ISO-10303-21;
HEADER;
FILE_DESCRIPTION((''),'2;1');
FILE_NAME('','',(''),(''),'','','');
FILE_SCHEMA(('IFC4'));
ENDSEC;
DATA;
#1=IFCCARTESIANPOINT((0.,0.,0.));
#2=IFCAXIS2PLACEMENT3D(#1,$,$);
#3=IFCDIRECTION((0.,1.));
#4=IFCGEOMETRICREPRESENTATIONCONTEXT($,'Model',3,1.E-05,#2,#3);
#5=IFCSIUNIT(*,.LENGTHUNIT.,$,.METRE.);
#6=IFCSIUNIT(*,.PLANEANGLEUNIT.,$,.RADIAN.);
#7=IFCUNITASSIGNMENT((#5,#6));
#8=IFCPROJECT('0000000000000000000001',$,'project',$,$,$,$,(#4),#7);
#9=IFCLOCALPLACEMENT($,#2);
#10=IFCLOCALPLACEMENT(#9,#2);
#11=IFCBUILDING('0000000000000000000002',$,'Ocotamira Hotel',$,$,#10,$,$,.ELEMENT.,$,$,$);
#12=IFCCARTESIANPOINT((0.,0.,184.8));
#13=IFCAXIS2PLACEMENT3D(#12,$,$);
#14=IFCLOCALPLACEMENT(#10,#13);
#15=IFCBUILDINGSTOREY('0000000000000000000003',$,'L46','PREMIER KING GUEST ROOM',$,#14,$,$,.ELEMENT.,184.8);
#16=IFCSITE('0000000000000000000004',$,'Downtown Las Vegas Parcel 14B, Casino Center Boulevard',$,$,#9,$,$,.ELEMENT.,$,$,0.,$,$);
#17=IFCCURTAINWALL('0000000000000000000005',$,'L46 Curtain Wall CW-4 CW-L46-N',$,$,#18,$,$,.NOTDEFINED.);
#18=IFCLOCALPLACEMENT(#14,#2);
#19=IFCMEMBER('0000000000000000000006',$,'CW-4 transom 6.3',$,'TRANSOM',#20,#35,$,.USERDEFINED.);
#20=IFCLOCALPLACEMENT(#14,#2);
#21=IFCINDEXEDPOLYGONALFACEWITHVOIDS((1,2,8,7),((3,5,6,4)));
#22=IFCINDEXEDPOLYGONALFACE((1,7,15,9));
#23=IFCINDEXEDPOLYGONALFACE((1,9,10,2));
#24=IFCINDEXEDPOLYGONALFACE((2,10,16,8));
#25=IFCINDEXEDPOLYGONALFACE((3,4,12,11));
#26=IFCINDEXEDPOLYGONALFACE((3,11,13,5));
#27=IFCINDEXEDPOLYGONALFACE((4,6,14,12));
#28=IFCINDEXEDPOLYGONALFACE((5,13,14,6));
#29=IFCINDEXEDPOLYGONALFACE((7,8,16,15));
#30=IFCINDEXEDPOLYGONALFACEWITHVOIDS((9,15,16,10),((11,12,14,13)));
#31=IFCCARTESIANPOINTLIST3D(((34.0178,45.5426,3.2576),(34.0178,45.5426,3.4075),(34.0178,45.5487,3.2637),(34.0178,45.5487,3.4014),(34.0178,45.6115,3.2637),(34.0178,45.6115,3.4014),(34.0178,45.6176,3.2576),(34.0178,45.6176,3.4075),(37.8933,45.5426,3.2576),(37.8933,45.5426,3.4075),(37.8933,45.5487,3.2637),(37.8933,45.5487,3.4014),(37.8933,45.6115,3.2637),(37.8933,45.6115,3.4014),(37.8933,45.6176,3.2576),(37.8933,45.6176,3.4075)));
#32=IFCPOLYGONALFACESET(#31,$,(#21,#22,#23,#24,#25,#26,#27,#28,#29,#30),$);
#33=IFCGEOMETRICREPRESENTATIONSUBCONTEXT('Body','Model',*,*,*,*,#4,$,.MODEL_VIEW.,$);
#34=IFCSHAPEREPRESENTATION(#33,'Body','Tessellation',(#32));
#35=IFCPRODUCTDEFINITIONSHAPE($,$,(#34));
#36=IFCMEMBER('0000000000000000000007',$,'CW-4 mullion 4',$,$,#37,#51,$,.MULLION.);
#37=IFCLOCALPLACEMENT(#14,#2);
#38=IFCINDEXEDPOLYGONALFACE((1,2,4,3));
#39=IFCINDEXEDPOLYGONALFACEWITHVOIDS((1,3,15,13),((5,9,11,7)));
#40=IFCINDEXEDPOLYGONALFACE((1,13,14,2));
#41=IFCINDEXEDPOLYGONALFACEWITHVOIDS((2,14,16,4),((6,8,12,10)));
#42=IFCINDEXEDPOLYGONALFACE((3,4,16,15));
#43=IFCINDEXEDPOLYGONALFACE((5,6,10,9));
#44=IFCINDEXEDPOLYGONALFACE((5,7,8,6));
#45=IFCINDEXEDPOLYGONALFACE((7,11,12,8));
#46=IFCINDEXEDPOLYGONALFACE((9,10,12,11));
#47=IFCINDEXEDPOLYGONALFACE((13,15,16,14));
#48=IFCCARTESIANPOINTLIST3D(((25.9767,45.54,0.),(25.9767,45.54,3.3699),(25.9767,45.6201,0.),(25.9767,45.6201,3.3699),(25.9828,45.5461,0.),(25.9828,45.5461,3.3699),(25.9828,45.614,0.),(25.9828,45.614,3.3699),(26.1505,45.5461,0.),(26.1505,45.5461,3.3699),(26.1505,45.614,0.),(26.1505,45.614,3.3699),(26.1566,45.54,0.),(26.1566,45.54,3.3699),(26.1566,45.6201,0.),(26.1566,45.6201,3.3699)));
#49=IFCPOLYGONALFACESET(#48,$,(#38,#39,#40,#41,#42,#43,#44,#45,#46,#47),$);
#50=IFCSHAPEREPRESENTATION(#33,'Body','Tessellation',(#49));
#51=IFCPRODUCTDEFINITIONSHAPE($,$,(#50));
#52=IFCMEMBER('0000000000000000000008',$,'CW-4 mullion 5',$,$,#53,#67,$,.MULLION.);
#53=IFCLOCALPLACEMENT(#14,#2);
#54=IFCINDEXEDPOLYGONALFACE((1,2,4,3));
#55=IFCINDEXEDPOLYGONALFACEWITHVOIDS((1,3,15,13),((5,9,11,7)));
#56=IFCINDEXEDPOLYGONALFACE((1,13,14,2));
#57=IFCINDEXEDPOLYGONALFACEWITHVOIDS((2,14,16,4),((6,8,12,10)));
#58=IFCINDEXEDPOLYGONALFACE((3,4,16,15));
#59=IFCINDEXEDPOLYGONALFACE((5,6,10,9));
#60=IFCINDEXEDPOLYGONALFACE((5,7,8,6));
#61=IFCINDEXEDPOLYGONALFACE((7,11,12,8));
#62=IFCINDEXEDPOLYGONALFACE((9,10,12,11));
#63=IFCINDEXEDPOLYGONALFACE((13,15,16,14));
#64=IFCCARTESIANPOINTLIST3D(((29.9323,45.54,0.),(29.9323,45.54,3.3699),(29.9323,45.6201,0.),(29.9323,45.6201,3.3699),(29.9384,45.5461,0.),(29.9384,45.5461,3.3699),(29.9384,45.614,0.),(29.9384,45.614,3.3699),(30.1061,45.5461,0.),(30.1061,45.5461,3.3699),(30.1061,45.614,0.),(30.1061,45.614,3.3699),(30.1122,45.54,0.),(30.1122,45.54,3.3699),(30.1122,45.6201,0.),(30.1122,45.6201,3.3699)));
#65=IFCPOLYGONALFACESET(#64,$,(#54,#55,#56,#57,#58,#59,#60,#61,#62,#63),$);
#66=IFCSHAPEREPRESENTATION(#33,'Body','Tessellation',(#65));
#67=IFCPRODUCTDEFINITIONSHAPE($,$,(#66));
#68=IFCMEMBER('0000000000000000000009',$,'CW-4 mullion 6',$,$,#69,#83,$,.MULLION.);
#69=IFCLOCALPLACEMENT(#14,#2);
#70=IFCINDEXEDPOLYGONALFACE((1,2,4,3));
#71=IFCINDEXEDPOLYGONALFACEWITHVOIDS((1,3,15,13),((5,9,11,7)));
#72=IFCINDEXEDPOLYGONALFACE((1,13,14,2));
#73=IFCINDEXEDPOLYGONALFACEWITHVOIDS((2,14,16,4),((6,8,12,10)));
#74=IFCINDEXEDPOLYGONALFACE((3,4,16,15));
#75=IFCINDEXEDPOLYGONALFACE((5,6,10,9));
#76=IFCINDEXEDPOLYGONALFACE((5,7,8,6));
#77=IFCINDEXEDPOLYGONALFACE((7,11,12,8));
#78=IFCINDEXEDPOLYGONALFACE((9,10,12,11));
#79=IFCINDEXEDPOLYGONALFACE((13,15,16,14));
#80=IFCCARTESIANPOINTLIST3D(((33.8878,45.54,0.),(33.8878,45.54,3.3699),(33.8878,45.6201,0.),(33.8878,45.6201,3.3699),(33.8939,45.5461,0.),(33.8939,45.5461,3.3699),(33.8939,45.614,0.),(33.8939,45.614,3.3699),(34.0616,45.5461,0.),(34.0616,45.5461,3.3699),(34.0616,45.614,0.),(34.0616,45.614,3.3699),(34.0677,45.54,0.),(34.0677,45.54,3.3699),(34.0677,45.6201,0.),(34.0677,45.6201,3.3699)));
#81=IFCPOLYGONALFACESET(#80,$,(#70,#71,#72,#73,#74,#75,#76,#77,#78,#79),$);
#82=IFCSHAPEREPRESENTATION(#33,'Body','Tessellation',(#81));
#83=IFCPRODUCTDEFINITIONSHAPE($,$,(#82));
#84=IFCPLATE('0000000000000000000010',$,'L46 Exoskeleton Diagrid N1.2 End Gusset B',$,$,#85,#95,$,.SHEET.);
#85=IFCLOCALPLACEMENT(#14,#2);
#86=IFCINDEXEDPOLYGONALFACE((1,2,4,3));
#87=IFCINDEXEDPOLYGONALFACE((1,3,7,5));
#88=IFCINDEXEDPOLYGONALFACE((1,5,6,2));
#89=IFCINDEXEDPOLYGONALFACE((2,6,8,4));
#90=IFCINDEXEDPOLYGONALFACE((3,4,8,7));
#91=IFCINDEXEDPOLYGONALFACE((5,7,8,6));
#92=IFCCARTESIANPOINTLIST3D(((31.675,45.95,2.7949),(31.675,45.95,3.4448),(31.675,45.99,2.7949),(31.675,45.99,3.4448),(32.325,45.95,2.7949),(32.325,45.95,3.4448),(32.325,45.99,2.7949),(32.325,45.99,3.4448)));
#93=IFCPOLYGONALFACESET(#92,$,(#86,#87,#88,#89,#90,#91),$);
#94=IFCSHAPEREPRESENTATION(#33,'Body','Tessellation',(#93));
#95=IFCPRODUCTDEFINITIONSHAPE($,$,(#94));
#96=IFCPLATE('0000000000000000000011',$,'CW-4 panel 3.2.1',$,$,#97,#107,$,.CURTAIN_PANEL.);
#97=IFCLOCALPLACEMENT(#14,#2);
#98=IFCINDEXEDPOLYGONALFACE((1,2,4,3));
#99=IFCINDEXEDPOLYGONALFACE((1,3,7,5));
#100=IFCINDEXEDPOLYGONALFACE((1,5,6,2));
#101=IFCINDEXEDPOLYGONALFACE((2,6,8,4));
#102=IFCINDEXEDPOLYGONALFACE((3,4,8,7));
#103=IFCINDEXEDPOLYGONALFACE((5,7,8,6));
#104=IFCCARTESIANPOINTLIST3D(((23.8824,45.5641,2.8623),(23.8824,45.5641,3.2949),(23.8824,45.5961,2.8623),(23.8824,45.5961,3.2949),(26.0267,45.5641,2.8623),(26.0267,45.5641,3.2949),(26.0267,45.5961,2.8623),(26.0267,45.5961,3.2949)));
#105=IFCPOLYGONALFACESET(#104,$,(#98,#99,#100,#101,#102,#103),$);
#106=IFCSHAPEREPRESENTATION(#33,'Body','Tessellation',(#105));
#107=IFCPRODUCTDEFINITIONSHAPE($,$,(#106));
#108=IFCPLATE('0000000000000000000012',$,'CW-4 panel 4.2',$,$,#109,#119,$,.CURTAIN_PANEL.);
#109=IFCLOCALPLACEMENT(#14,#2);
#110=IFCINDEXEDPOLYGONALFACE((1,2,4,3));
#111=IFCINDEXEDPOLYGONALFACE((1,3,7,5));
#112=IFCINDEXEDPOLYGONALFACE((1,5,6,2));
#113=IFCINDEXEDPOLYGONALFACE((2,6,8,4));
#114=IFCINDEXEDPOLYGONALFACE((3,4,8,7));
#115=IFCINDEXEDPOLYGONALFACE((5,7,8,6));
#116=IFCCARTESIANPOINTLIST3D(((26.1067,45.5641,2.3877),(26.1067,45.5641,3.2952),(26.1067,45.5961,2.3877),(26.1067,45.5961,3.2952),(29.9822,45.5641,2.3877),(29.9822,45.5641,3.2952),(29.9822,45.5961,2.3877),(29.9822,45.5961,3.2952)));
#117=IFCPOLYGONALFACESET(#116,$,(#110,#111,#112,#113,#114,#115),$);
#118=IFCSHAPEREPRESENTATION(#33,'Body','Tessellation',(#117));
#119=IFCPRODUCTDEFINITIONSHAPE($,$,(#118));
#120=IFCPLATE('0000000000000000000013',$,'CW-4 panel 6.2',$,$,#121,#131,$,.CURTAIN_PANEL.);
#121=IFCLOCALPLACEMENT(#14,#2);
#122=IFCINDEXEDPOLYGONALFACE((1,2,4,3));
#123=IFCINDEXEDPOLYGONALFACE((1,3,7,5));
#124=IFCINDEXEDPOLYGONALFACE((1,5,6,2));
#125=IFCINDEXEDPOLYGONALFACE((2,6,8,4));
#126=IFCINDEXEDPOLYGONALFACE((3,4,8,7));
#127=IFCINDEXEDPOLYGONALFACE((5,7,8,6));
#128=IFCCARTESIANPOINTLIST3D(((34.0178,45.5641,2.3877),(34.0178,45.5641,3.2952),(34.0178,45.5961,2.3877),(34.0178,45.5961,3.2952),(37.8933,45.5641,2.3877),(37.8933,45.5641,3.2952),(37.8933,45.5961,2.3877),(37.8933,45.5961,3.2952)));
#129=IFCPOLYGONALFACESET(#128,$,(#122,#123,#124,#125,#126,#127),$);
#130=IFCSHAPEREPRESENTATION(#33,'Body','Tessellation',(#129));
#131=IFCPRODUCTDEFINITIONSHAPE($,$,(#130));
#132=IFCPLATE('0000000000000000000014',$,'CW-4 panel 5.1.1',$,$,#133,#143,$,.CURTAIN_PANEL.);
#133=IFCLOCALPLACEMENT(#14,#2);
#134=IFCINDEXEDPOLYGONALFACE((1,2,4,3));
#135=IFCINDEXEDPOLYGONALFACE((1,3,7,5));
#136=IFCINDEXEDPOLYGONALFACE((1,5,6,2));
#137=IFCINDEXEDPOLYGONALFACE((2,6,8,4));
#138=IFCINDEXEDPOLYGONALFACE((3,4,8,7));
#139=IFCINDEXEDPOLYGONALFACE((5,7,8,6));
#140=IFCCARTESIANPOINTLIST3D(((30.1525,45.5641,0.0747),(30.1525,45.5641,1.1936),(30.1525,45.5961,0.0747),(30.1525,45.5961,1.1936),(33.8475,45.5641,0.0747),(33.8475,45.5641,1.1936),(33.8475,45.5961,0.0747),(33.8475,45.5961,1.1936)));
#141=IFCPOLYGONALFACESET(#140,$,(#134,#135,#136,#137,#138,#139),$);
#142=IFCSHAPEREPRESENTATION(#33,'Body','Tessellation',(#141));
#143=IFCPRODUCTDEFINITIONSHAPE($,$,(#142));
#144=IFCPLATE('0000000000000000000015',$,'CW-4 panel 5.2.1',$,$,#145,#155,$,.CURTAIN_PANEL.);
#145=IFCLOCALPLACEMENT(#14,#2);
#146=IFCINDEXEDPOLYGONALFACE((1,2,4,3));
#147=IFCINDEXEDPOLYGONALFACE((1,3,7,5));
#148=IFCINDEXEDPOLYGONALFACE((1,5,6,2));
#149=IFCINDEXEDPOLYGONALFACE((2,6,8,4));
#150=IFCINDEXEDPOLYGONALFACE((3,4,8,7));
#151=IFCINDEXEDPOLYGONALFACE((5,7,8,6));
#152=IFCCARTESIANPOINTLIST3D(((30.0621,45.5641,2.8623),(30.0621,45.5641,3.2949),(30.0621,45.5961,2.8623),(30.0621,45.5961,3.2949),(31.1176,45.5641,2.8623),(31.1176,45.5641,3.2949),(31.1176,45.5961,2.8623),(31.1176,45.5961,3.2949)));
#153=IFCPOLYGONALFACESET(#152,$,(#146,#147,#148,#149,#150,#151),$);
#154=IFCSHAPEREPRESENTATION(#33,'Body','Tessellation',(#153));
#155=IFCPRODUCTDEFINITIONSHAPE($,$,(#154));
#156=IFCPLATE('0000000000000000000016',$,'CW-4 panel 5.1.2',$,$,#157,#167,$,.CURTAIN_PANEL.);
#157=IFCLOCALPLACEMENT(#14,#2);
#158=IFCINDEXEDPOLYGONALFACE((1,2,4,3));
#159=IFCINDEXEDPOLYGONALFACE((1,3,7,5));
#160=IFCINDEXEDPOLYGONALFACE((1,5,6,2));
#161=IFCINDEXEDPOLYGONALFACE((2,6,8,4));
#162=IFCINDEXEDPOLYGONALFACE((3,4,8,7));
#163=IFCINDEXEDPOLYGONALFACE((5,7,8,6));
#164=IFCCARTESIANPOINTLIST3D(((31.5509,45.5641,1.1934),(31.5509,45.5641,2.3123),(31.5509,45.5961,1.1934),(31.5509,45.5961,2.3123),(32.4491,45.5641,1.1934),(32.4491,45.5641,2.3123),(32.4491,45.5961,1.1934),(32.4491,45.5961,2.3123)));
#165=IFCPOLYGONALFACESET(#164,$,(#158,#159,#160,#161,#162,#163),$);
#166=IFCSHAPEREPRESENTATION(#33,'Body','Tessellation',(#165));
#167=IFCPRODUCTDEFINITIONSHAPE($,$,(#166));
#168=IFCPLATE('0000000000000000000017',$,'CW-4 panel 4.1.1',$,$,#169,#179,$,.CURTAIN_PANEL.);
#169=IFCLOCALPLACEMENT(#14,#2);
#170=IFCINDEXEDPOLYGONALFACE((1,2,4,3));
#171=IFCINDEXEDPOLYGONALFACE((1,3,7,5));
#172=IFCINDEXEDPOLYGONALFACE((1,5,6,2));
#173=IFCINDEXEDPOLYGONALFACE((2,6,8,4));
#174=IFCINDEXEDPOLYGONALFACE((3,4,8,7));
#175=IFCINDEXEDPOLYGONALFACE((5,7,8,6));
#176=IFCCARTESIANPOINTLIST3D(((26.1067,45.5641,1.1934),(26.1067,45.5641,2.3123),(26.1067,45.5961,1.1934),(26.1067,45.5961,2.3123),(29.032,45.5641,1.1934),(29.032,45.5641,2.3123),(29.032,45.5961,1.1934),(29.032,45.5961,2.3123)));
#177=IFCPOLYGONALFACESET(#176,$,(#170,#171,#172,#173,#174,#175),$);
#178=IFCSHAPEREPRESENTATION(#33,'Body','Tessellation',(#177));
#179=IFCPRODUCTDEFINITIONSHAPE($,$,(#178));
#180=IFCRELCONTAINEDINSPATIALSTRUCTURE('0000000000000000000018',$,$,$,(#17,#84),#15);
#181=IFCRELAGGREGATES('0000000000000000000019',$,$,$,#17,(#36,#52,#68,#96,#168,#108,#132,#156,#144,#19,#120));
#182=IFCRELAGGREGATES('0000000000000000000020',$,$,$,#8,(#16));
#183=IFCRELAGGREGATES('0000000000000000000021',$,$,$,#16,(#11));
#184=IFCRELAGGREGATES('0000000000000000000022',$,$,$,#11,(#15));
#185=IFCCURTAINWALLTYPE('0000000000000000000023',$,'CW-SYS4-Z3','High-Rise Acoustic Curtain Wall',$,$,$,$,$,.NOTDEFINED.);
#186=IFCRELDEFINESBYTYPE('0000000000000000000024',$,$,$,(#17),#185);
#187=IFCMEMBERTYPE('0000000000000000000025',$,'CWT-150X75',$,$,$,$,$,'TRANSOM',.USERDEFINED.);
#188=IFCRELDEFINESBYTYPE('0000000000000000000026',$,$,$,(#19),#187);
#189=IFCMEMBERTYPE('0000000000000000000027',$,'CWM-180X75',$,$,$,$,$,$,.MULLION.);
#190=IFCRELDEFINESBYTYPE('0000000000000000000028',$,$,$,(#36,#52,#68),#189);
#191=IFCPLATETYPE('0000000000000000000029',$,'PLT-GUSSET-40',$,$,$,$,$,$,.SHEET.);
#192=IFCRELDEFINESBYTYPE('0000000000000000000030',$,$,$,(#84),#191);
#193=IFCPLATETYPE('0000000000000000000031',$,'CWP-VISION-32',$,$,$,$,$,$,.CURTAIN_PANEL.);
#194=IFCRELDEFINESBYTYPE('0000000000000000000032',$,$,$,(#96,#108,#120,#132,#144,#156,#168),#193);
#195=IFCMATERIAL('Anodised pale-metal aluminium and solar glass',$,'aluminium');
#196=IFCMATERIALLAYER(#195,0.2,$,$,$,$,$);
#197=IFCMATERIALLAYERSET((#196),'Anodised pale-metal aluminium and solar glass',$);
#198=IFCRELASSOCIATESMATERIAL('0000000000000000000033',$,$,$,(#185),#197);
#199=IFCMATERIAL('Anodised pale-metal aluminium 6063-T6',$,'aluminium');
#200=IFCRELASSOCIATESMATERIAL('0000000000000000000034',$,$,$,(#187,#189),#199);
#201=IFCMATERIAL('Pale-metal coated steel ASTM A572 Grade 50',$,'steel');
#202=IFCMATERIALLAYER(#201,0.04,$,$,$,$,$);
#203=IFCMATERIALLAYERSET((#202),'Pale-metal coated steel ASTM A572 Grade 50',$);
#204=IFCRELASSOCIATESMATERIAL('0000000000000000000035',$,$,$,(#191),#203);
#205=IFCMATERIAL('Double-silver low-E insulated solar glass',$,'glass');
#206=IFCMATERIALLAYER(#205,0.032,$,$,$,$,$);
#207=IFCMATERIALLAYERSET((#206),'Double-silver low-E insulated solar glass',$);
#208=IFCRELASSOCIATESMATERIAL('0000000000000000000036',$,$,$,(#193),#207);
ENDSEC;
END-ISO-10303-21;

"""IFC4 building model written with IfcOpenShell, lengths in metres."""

from ifc_helpers import new_model, si_unit, direction, frame, origin, origin_2d, place, context, subcontext, project, spatial, rectangle, hollow_rectangle, extrude, source, transform, mapped, material, layer, layer_set, material_profile, profile_set, type_object, element, aggregate, save


model = new_model("IFC4")

# Units and contexts
model_context = context("Model", 3, precision=1e-05, world=origin(), true_north=direction((0.0, 1.0)))
body_context = subcontext(model_context, "Body", "Model", "MODEL_VIEW")
ifc_project = project(units=[si_unit("LENGTHUNIT", "METRE"), si_unit("PLANEANGLEUNIT", "RADIAN")], contexts=[model_context])

# Site, building, storey
site_placement = place(None, origin())
site = spatial("IfcSite", under=ifc_project, at=site_placement, Name="Downtown Las Vegas Parcel 14B, Casino Center Boulevard", CompositionType="ELEMENT", RefElevation=0.0)
building_placement = place(site_placement, origin())
building = spatial("IfcBuilding", under=site, at=building_placement, Name="Ocotamira Hotel", CompositionType="ELEMENT")
storey_placement = place(building_placement, frame((0.0, 0.0, 184.8)))
storey = spatial("IfcBuildingStorey", under=building, at=storey_placement, Name="L46", Description="PREMIER KING GUEST ROOM", CompositionType="ELEMENT", Elevation=184.8)

# Curtain wall, members
ifc_material_1 = material(Name="Anodised pale-metal aluminium and solar glass", Category="aluminium")
ifc_layer_1 = layer(ifc_material_1, 0.2)
ifc_layer_set_1 = layer_set([ifc_layer_1], Name="Anodised pale-metal aluminium and solar glass")
curtain_wall_type = type_object("IfcCurtainWallType", Name="CW-SYS4-Z3", Description="High-Rise Acoustic Curtain Wall", PredefinedType="NOTDEFINED", material=ifc_layer_set_1)
curtain_wall_placement = place(storey_placement, origin())
curtain_wall = element("IfcCurtainWall", 1, at=curtain_wall_placement, inside=storey, type_object=curtain_wall_type, Name="L46 Curtain Wall CW-4 CW-L46-N", PredefinedType="NOTDEFINED")
ifc_material_2 = material(Name="Anodised pale-metal aluminium 6063-T6", Category="aluminium")
ifc_material_profile_1 = material_profile(ifc_material_2, hollow_rectangle(XDim=0.075, YDim=0.1499, WallThickness=0.0061, at=origin_2d()), Name="HSS150X75X6")
ifc_profile_set_1 = profile_set([ifc_material_profile_1], Name="Anodised pale-metal aluminium 6063-T6")
member_type_1 = type_object("IfcMemberType", Name="CWT-150X75", ElementType="TRANSOM", PredefinedType="USERDEFINED", material=ifc_profile_set_1)
shared_shape_1 = source(origin(), body_context, "Body", "SweptSolid", [
    extrude(hollow_rectangle(XDim=0.075, YDim=0.1499, WallThickness=0.0061, at=origin_2d()), origin(), (0.0, 0.0, 1.0), 3.8755),
])
member_1_placement = place(storey_placement, frame((34.0178, 45.5801, 3.3325), z_axis=(1.0, 0.0, 0.0), x_axis=(0.0, 1.0, 0.0)))
member_1 = element("IfcMember", 2, at=member_1_placement, type_object=member_type_1, Name="CW-4 transom 6.3", ObjectType="TRANSOM", PredefinedType="USERDEFINED", context=body_context, shape_type="MappedRepresentation", body=[
    mapped(shared_shape_1, transform((0.0, 0.0, 0.0), scale=1.0)),
])
ifc_material_profile_2 = material_profile(ifc_material_2, hollow_rectangle(XDim=0.0801, YDim=0.1799, WallThickness=0.0061, at=origin_2d()), Name="HSS180X80X6")
ifc_profile_set_2 = profile_set([ifc_material_profile_2], Name="Anodised pale-metal aluminium 6063-T6")
member_type_2 = type_object("IfcMemberType", Name="CWM-180X75", PredefinedType="MULLION", material=ifc_profile_set_2)
shared_shape_2 = source(origin(), body_context, "Body", "SweptSolid", [
    extrude(hollow_rectangle(XDim=0.0801, YDim=0.1799, WallThickness=0.0061, at=origin_2d()), origin(), (0.0, 0.0, 1.0), 3.3699),
])
member_2_placement = place(storey_placement, frame((26.0667, 45.5801, 0.0), z_axis=(0.0, 0.0, 1.0), x_axis=(0.0, 1.0, 0.0)))
member_2 = element("IfcMember", 3, at=member_2_placement, type_object=member_type_2, Name="CW-4 mullion 4", PredefinedType="MULLION", context=body_context, shape_type="MappedRepresentation", body=[
    mapped(shared_shape_2, transform((0.0, 0.0, 0.0), scale=1.0)),
])
member_3_placement = place(storey_placement, frame((30.0222, 45.5801, 0.0), z_axis=(0.0, 0.0, 1.0), x_axis=(0.0, 1.0, 0.0)))
member_3 = element("IfcMember", 4, at=member_3_placement, type_object=member_type_2, Name="CW-4 mullion 5", PredefinedType="MULLION", context=body_context, shape_type="MappedRepresentation", body=[
    mapped(shared_shape_2, transform((0.0, 0.0, 0.0), scale=1.0)),
])
member_4_placement = place(storey_placement, frame((33.9778, 45.5801, 0.0), z_axis=(0.0, 0.0, 1.0), x_axis=(0.0, 1.0, 0.0)))
member_4 = element("IfcMember", 5, at=member_4_placement, type_object=member_type_2, Name="CW-4 mullion 6", PredefinedType="MULLION", context=body_context, shape_type="MappedRepresentation", body=[
    mapped(shared_shape_2, transform((0.0, 0.0, 0.0), scale=1.0)),
])

# Plates
ifc_material_3 = material(Name="Pale-metal coated steel ASTM A572 Grade 50", Category="steel")
ifc_layer_2 = layer(ifc_material_3, 0.04)
ifc_layer_set_2 = layer_set([ifc_layer_2], Name="Pale-metal coated steel ASTM A572 Grade 50")
plate_type_1 = type_object("IfcPlateType", Name="PLT-GUSSET-40", PredefinedType="SHEET", material=ifc_layer_set_2)
shared_shape_3 = source(origin(), body_context, "Body", "SweptSolid", [
    extrude(rectangle(XDim=0.6499, YDim=0.04, at=origin_2d()), origin(), (0.0, 0.0, 1.0), 0.6499),
])
plate_1_placement = place(storey_placement, frame((32.0, 45.97, 2.7949), z_axis=(0.0, 0.0, 1.0), x_axis=(1.0, 0.0, 0.0)))
element("IfcPlate", 6, at=plate_1_placement, inside=storey, type_object=plate_type_1, Name="L46 Exoskeleton Diagrid N1.2 End Gusset B", PredefinedType="SHEET", context=body_context, shape_type="MappedRepresentation", body=[
    mapped(shared_shape_3, transform((0.0, 0.0, 0.0), scale=1.0)),
])
ifc_material_4 = material(Name="Double-silver low-E insulated solar glass", Category="glass")
ifc_layer_3 = layer(ifc_material_4, 0.032)
ifc_layer_set_3 = layer_set([ifc_layer_3], Name="Double-silver low-E insulated solar glass")
plate_type_2 = type_object("IfcPlateType", Name="CWP-VISION-32", PredefinedType="CURTAIN_PANEL", material=ifc_layer_set_3)
shared_shape_4 = source(origin(), body_context, "Body", "SweptSolid", [
    extrude(rectangle(XDim=2.1443, YDim=0.032, at=origin_2d()), origin(), (0.0, 0.0, 1.0), 0.4326),
])
plate_2_placement = place(storey_placement, frame((24.9546, 45.5801, 2.8623), z_axis=(0.0, 0.0, 1.0), x_axis=(1.0, 0.0, 0.0)))
plate_2 = element("IfcPlate", 7, at=plate_2_placement, type_object=plate_type_2, Name="CW-4 panel 3.2.1", PredefinedType="CURTAIN_PANEL", context=body_context, shape_type="MappedRepresentation", body=[
    mapped(shared_shape_4, transform((0.0, 0.0, 0.0), scale=1.0)),
])
shared_shape_5 = source(origin(), body_context, "Body", "SweptSolid", [
    extrude(rectangle(XDim=3.8755, YDim=0.032, at=origin_2d()), origin(), (0.0, 0.0, 1.0), 0.9075),
])
plate_3_placement = place(storey_placement, frame((28.0444, 45.5801, 2.3877), z_axis=(0.0, 0.0, 1.0), x_axis=(1.0, 0.0, 0.0)))
plate_3 = element("IfcPlate", 8, at=plate_3_placement, type_object=plate_type_2, Name="CW-4 panel 4.2", PredefinedType="CURTAIN_PANEL", context=body_context, shape_type="MappedRepresentation", body=[
    mapped(shared_shape_5, transform((0.0, 0.0, 0.0), scale=1.0)),
])
plate_4_placement = place(storey_placement, frame((35.9556, 45.5801, 2.3877), z_axis=(0.0, 0.0, 1.0), x_axis=(1.0, 0.0, 0.0)))
plate_4 = element("IfcPlate", 9, at=plate_4_placement, type_object=plate_type_2, Name="CW-4 panel 6.2", PredefinedType="CURTAIN_PANEL", context=body_context, shape_type="MappedRepresentation", body=[
    mapped(shared_shape_5, transform((0.0, 0.0, 0.0), scale=1.0)),
])
shared_shape_6 = source(origin(), body_context, "Body", "SweptSolid", [
    extrude(rectangle(XDim=3.6951, YDim=0.032, at=origin_2d()), origin(), (0.0, 0.0, 1.0), 1.1189),
])
plate_5_placement = place(storey_placement, frame((32.0, 45.5801, 0.0747), z_axis=(0.0, 0.0, 1.0), x_axis=(1.0, 0.0, 0.0)))
plate_5 = element("IfcPlate", 10, at=plate_5_placement, type_object=plate_type_2, Name="CW-4 panel 5.1.1", PredefinedType="CURTAIN_PANEL", context=body_context, shape_type="MappedRepresentation", body=[
    mapped(shared_shape_6, transform((0.0, 0.0, 0.0), scale=1.0)),
])
shared_shape_7 = source(origin(), body_context, "Body", "SweptSolid", [
    extrude(rectangle(XDim=1.0554, YDim=0.032, at=origin_2d()), origin(), (0.0, 0.0, 1.0), 0.4326),
])
plate_6_placement = place(storey_placement, frame((30.5898, 45.5801, 2.8623), z_axis=(0.0, 0.0, 1.0), x_axis=(1.0, 0.0, 0.0)))
plate_6 = element("IfcPlate", 11, at=plate_6_placement, type_object=plate_type_2, Name="CW-4 panel 5.2.1", PredefinedType="CURTAIN_PANEL", context=body_context, shape_type="MappedRepresentation", body=[
    mapped(shared_shape_7, transform((0.0, 0.0, 0.0), scale=1.0)),
])
shared_shape_8 = source(origin(), body_context, "Body", "SweptSolid", [
    extrude(rectangle(XDim=0.8982, YDim=0.032, at=origin_2d()), origin(), (0.0, 0.0, 1.0), 1.1189),
])
plate_7_placement = place(storey_placement, frame((32.0, 45.5801, 1.1934), z_axis=(0.0, 0.0, 1.0), x_axis=(1.0, 0.0, 0.0)))
plate_7 = element("IfcPlate", 12, at=plate_7_placement, type_object=plate_type_2, Name="CW-4 panel 5.1.2", PredefinedType="CURTAIN_PANEL", context=body_context, shape_type="MappedRepresentation", body=[
    mapped(shared_shape_8, transform((0.0, 0.0, 0.0), scale=1.0)),
])
shared_shape_9 = source(origin(), body_context, "Body", "SweptSolid", [
    extrude(rectangle(XDim=2.9253, YDim=0.032, at=origin_2d()), origin(), (0.0, 0.0, 1.0), 1.1189),
])
plate_8_placement = place(storey_placement, frame((27.5693, 45.5801, 1.1934), z_axis=(0.0, 0.0, 1.0), x_axis=(1.0, 0.0, 0.0)))
plate_8 = element("IfcPlate", 13, at=plate_8_placement, type_object=plate_type_2, Name="CW-4 panel 4.1.1", PredefinedType="CURTAIN_PANEL", context=body_context, shape_type="MappedRepresentation", body=[
    mapped(shared_shape_9, transform((0.0, 0.0, 0.0), scale=1.0)),
])
aggregate(curtain_wall, [member_2, member_3, member_4, plate_2, plate_8, plate_3, plate_5, plate_7, plate_6, member_1, plate_4])

save(model, "model.ifc")
